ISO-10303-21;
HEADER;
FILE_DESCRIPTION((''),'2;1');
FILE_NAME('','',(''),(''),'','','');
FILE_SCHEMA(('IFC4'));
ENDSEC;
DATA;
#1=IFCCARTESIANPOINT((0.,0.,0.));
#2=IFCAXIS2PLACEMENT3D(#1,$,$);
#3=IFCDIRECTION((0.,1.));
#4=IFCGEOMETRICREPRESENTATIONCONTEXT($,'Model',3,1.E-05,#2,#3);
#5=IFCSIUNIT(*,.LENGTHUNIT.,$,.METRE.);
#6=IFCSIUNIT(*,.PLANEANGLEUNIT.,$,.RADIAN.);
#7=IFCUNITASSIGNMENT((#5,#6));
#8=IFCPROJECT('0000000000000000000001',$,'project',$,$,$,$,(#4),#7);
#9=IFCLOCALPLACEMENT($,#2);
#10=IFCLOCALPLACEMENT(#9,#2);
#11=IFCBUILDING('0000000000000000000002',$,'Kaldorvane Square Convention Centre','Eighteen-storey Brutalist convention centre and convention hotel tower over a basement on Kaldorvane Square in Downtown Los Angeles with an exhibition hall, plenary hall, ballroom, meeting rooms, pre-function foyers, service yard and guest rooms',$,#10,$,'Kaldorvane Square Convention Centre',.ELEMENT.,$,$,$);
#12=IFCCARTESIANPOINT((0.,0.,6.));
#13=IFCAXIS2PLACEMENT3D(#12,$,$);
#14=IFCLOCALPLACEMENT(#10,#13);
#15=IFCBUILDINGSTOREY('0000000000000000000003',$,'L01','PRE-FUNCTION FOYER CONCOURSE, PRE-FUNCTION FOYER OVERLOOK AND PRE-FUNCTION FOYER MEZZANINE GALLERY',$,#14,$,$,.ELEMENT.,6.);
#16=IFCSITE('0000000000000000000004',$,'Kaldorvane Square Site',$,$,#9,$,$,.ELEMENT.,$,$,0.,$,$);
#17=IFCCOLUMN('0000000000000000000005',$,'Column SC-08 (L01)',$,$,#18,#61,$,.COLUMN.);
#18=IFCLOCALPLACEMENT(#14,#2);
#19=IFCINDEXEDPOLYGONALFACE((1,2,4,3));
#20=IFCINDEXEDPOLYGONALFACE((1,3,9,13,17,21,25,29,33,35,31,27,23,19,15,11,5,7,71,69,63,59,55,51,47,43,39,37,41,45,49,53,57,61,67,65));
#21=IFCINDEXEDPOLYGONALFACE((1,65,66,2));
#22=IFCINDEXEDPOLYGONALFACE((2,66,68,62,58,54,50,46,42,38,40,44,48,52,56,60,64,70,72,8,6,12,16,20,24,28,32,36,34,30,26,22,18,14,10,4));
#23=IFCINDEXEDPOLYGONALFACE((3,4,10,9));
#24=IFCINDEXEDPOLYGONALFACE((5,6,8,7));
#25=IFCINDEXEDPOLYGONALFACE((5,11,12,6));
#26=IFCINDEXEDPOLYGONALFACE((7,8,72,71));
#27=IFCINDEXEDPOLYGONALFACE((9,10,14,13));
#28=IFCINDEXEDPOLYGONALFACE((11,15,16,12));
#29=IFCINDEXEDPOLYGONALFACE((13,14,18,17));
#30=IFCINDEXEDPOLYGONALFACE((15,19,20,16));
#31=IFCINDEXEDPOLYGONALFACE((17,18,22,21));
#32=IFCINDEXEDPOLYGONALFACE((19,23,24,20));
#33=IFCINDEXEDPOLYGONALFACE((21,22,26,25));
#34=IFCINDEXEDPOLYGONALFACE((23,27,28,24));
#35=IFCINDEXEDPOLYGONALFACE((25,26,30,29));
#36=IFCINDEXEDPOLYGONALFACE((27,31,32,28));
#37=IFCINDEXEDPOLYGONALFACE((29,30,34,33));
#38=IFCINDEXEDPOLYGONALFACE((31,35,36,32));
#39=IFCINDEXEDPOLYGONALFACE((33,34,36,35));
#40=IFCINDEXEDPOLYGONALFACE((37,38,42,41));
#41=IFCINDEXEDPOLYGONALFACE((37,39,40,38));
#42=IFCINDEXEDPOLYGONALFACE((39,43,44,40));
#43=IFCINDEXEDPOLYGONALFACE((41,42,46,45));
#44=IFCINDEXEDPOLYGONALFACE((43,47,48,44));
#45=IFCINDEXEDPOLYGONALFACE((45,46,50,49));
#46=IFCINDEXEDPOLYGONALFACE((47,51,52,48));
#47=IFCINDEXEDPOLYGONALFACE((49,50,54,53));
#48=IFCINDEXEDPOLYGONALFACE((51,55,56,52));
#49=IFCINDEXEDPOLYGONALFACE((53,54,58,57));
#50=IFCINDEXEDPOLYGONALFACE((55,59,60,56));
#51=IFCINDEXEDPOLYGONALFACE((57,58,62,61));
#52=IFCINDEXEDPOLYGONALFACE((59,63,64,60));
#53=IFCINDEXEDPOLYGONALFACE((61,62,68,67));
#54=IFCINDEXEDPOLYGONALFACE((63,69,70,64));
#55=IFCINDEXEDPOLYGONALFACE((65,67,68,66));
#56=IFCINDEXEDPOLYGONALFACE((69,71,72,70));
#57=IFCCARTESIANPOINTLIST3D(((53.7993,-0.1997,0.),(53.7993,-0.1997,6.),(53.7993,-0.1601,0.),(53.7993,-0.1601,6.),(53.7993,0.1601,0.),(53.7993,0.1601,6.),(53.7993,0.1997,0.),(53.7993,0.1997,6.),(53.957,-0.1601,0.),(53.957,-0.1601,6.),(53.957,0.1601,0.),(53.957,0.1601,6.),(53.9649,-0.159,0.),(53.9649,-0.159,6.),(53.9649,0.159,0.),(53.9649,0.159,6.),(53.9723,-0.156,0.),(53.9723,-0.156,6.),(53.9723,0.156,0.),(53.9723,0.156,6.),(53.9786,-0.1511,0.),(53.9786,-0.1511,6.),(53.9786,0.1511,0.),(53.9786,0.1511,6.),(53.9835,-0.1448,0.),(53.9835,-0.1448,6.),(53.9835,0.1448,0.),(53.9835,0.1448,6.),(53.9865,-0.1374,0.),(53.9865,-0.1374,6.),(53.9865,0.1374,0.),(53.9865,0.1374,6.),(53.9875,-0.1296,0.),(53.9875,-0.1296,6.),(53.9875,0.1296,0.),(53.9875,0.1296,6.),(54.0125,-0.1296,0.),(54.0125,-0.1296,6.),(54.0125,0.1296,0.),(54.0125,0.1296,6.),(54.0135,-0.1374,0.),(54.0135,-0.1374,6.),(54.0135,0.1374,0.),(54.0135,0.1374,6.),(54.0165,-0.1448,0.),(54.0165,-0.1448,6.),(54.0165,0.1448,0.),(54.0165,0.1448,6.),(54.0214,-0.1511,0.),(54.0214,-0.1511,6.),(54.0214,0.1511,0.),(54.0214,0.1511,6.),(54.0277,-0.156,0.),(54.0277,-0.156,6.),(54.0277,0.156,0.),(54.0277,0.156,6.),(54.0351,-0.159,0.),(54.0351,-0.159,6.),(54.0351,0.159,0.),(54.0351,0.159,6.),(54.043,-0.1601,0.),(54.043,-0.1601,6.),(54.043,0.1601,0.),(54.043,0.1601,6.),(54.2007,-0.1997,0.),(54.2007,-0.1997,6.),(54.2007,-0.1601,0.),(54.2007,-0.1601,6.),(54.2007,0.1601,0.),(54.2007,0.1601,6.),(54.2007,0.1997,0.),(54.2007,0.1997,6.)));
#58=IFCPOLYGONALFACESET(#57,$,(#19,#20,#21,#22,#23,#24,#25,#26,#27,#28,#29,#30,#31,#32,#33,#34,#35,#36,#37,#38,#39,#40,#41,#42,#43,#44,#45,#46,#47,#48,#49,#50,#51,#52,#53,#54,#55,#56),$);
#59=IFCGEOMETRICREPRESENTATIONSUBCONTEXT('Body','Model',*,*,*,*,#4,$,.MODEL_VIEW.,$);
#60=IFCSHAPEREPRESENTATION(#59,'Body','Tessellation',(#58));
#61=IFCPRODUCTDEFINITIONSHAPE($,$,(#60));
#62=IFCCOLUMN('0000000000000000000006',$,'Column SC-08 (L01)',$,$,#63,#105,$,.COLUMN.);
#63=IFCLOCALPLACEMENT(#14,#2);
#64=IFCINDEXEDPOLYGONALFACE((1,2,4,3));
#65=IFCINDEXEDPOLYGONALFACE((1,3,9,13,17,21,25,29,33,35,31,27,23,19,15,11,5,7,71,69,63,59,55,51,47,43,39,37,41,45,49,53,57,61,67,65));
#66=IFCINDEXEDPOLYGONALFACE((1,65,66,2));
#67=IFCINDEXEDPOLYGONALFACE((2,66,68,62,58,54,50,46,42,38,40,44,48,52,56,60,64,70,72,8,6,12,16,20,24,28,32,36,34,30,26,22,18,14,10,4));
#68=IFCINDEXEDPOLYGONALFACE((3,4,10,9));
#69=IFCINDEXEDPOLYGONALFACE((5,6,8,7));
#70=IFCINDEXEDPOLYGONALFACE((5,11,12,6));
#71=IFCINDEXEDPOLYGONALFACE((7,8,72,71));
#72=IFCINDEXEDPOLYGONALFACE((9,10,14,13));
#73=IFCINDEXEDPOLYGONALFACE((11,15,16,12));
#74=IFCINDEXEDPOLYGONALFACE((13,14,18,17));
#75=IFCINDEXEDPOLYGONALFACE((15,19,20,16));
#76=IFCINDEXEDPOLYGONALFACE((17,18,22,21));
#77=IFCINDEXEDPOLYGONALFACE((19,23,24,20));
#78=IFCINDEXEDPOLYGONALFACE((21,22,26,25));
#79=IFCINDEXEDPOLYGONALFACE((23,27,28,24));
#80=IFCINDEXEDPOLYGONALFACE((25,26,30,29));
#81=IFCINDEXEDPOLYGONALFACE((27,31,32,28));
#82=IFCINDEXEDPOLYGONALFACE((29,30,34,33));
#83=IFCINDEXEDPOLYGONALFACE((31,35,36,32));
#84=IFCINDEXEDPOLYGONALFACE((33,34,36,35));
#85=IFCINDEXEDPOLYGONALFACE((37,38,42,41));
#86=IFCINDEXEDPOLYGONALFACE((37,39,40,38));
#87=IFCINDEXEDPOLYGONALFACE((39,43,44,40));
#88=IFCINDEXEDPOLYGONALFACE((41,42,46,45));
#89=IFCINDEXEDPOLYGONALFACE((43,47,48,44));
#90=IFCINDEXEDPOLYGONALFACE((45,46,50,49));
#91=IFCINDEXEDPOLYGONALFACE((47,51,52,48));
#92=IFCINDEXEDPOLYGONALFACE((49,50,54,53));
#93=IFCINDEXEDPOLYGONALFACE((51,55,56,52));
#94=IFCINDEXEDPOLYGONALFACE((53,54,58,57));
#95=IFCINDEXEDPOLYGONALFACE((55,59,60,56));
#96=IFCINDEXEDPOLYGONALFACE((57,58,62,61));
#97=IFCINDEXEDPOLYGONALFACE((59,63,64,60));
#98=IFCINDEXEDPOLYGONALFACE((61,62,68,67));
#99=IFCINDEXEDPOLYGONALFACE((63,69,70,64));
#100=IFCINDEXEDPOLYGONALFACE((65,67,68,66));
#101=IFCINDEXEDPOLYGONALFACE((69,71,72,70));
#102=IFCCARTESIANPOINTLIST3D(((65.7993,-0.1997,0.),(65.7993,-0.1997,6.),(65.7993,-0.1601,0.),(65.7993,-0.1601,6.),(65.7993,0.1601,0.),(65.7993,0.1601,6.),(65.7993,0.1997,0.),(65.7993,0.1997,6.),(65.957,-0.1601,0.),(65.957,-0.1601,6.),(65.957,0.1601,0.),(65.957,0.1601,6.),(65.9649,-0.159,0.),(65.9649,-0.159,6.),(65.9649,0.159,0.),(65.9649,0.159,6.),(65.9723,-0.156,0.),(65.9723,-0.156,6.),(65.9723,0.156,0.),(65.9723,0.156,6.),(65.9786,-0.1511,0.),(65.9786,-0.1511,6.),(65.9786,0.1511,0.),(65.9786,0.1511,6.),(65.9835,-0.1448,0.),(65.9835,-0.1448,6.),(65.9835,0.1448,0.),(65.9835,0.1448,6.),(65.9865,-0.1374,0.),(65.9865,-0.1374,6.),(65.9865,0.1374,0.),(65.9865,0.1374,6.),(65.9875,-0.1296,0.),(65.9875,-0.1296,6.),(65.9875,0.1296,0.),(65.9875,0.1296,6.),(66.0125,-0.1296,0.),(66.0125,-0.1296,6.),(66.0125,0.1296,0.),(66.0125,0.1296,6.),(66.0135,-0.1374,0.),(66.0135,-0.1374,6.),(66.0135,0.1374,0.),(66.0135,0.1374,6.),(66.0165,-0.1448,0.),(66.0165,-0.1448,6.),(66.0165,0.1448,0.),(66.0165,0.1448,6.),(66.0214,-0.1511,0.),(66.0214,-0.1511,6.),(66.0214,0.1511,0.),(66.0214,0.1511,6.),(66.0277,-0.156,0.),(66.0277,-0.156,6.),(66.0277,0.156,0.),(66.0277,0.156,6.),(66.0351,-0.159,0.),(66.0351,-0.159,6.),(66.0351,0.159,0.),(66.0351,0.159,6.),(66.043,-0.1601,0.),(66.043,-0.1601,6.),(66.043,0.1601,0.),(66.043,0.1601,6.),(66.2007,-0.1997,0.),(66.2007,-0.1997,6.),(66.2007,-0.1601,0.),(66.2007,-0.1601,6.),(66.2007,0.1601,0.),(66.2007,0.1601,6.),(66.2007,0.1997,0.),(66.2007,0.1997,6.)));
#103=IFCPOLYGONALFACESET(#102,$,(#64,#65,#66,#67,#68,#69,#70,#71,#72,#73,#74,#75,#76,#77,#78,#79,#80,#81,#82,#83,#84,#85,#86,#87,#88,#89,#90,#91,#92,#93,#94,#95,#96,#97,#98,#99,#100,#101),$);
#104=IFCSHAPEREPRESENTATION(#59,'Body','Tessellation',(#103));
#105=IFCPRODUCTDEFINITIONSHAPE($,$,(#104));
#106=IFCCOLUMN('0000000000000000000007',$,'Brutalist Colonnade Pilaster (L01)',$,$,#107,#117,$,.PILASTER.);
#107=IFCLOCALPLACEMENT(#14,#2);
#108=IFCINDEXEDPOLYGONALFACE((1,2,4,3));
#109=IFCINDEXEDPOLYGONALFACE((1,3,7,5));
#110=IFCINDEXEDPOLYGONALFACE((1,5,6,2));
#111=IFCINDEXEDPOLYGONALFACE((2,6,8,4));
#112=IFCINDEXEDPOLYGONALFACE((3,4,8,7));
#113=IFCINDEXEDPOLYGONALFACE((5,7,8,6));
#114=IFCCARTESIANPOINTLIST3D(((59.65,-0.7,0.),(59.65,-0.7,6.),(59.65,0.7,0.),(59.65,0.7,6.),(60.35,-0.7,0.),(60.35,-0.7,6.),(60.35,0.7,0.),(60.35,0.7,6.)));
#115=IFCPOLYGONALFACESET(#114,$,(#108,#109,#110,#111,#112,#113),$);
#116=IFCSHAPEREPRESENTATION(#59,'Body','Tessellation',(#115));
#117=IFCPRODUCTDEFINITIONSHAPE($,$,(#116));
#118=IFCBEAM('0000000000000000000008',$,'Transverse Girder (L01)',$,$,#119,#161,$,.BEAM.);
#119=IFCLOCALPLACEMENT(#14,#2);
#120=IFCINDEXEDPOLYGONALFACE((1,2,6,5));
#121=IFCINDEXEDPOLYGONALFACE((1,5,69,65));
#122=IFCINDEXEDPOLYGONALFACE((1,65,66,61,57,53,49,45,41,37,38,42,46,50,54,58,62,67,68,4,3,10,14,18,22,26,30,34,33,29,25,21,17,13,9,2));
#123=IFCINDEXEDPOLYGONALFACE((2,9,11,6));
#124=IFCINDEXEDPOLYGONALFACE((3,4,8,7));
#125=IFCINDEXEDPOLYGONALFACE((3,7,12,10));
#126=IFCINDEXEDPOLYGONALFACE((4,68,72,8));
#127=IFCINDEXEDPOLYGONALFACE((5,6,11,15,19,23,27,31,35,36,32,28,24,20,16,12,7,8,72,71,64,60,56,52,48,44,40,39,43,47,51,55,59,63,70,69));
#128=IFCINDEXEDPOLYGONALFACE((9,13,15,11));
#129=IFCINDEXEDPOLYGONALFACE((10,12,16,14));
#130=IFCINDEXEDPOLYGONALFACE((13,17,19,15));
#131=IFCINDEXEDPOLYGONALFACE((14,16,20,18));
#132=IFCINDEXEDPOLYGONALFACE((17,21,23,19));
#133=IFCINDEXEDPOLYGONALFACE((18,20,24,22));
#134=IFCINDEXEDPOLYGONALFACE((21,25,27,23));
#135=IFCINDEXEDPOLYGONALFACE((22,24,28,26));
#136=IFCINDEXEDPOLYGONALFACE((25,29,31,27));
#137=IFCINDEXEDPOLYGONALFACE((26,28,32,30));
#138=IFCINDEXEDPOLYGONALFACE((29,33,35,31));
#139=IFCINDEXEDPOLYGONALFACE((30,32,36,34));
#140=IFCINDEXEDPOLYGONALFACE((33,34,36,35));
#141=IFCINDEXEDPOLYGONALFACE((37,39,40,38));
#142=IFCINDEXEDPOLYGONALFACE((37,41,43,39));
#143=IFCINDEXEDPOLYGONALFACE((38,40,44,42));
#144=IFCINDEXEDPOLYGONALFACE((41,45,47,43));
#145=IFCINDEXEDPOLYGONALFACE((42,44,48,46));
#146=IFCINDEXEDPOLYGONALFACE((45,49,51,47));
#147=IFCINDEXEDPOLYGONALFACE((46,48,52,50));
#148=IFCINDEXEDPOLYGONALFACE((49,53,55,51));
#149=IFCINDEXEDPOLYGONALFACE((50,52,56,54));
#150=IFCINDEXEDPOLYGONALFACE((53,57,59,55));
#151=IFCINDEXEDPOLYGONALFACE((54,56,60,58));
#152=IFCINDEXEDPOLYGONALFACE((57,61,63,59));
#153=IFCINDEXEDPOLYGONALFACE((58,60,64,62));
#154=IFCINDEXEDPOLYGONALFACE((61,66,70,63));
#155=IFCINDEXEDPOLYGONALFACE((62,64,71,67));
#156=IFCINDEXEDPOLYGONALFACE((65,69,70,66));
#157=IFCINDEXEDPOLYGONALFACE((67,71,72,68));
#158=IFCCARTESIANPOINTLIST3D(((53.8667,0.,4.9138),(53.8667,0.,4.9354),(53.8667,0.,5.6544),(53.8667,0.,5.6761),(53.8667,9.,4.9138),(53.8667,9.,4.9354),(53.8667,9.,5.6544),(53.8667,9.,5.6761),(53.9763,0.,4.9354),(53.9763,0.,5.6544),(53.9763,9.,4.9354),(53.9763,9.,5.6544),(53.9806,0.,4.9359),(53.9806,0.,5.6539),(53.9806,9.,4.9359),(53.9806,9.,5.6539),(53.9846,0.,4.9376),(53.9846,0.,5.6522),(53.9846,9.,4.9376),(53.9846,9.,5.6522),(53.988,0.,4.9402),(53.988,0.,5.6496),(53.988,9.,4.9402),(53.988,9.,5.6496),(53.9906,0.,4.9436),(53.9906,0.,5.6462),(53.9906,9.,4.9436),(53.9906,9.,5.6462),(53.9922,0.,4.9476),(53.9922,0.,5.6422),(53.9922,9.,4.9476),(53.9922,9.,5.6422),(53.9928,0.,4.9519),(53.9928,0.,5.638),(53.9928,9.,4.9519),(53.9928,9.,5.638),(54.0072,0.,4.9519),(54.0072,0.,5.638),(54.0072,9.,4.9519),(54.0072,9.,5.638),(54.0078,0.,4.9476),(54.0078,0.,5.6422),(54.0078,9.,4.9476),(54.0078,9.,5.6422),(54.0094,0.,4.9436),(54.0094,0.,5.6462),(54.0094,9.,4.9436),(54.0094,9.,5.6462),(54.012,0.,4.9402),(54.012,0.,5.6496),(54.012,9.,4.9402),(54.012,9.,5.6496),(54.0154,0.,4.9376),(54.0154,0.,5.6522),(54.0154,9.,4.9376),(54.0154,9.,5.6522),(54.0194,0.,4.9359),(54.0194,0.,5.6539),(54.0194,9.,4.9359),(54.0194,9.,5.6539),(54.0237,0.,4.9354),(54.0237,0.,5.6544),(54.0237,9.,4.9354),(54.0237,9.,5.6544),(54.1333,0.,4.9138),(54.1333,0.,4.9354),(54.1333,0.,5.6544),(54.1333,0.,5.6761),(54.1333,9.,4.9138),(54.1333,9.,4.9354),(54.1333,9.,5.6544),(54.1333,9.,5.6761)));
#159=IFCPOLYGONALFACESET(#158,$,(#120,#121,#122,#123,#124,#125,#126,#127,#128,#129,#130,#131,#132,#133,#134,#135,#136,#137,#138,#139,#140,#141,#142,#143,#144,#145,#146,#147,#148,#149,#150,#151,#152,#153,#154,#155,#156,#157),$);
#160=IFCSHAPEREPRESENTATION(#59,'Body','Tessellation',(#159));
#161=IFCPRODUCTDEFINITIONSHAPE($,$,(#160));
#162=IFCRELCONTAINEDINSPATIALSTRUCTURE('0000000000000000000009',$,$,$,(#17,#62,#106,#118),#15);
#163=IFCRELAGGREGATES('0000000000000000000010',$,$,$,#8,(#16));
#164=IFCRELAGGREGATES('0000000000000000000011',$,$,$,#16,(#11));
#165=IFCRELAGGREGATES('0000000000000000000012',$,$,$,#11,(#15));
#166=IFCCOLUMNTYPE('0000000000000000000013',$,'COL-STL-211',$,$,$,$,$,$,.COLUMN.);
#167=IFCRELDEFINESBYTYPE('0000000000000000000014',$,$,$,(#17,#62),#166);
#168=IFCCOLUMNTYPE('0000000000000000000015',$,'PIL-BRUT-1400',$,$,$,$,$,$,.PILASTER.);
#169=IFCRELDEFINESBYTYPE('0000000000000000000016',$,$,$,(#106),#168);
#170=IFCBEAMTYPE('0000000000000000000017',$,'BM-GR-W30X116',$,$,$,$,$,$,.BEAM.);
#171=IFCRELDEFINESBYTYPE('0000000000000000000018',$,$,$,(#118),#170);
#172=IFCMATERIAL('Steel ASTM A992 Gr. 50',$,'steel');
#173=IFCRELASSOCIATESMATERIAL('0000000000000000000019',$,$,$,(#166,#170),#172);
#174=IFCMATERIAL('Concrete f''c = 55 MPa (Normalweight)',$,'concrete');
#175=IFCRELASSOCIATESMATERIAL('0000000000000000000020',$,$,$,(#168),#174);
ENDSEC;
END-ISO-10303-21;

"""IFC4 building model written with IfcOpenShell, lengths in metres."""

from ifc_helpers import new_model, si_unit, direction, frame, origin, origin_2d, place, context, subcontext, project, spatial, rectangle, i_section, extrude, material, material_profile, profile_set, type_object, element, save


model = new_model("IFC4")

# Units and contexts
model_context = context("Model", 3, precision=1e-05, world=origin(), true_north=direction((0.0, 1.0)))
body_context = subcontext(model_context, "Body", "Model", "MODEL_VIEW")
ifc_project = project(units=[si_unit("LENGTHUNIT", "METRE"), si_unit("PLANEANGLEUNIT", "RADIAN")], contexts=[model_context])

# Site, building, storey
site_placement = place(None, origin())
site = spatial("IfcSite", under=ifc_project, at=site_placement, Name="Kaldorvane Square Site", CompositionType="ELEMENT", RefElevation=0.0)
building_placement = place(site_placement, origin())
building = spatial("IfcBuilding", under=site, at=building_placement, Name="Kaldorvane Square Convention Centre", Description="Eighteen-storey Brutalist convention centre and convention hotel tower over a basement on Kaldorvane Square in Downtown Los Angeles with an exhibition hall, plenary hall, ballroom, meeting rooms, pre-function foyers, service yard and guest rooms", LongName="Kaldorvane Square Convention Centre", CompositionType="ELEMENT")
storey_placement = place(building_placement, frame((0.0, 0.0, 6.0)))
storey = spatial("IfcBuildingStorey", under=building, at=storey_placement, Name="L01", Description="PRE-FUNCTION FOYER CONCOURSE, PRE-FUNCTION FOYER OVERLOOK AND PRE-FUNCTION FOYER MEZZANINE GALLERY", CompositionType="ELEMENT", Elevation=6.0)

# Columns
ifc_material_1 = material(Name="Steel ASTM A992 Gr. 50", Category="steel")
ifc_material_profile_1 = material_profile(ifc_material_1, i_section(OverallWidth=0.4013, OverallDepth=0.3993, WebThickness=0.0249, FlangeThickness=0.0396, FilletRadius=0.0305, at=origin_2d()), Name="W14X211")
ifc_profile_set_1 = profile_set([ifc_material_profile_1], Name="Steel ASTM A992 Gr. 50")
column_type_1 = type_object("IfcColumnType", Name="COL-STL-211", PredefinedType="COLUMN", material=ifc_profile_set_1)
for number, where, z_axis, x_axis, name in (
    (1, (54.0, 0.0, 0.0), (0.0, 0.0, 1.0), (1.0, 0.0, 0.0), "Column SC-08 (L01)"),
    (2, (66.0, 0.0, 0.0), (0.0, 0.0, 1.0), (1.0, 0.0, 0.0), "Column SC-08 (L01)"),
):
    element("IfcColumn", number, at=place(storey_placement, frame(where, z_axis=z_axis, x_axis=x_axis)), inside=storey, type_object=column_type_1, Name=name, PredefinedType="COLUMN", context=body_context, shape_type="SweptSolid", body=[
        extrude(i_section(OverallWidth=0.4013, OverallDepth=0.3993, WebThickness=0.0249, FlangeThickness=0.0396, FilletRadius=0.0305, at=origin_2d()), origin(), (0.0, 0.0, 1.0), 6.0),
    ])
ifc_material_2 = material(Name="Concrete f'c = 55 MPa (Normalweight)", Category="concrete")
ifc_material_profile_2 = material_profile(ifc_material_2, rectangle(XDim=0.7, YDim=1.4, at=origin_2d()), Name="PIL1400X700")
ifc_profile_set_2 = profile_set([ifc_material_profile_2], Name="Concrete f'c = 55 MPa (Normalweight)")
column_type_2 = type_object("IfcColumnType", Name="PIL-BRUT-1400", PredefinedType="PILASTER", material=ifc_profile_set_2)
column_placement = place(storey_placement, frame((60.0, 0.0, 0.0), z_axis=(0.0, 0.0, 1.0), x_axis=(1.0, 0.0, 0.0)))
element("IfcColumn", 3, at=column_placement, inside=storey, type_object=column_type_2, Name="Brutalist Colonnade Pilaster (L01)", PredefinedType="PILASTER", context=body_context, shape_type="SweptSolid", body=[
    extrude(rectangle(XDim=0.7, YDim=1.4, at=origin_2d()), origin(), (0.0, 0.0, 1.0), 6.0),
])

# Beam
ifc_material_profile_3 = material_profile(ifc_material_1, i_section(OverallWidth=0.2666, OverallDepth=0.7623, WebThickness=0.0144, FlangeThickness=0.0216, FilletRadius=0.0165, at=origin_2d()), Name="W30X116")
ifc_profile_set_3 = profile_set([ifc_material_profile_3], Name="Steel ASTM A992 Gr. 50")
beam_type_1 = type_object("IfcBeamType", Name="BM-GR-W30X116", PredefinedType="BEAM", material=ifc_profile_set_3)
for number, where, z_axis, x_axis, name in (
    (4, (54.0, 0.0, 5.2949), (0.0, 1.0, 0.0), (-1.0, 0.0, 0.0), "Transverse Girder (L01)"),
):
    element("IfcBeam", number, at=place(storey_placement, frame(where, z_axis=z_axis, x_axis=x_axis)), inside=storey, type_object=beam_type_1, Name=name, PredefinedType="BEAM", context=body_context, shape_type="SweptSolid", body=[
        extrude(i_section(OverallWidth=0.2666, OverallDepth=0.7623, WebThickness=0.0144, FlangeThickness=0.0216, FilletRadius=0.0165, at=origin_2d()), origin(), (0.0, 0.0, 1.0), 9.0),
    ])

save(model, "model.ifc")
